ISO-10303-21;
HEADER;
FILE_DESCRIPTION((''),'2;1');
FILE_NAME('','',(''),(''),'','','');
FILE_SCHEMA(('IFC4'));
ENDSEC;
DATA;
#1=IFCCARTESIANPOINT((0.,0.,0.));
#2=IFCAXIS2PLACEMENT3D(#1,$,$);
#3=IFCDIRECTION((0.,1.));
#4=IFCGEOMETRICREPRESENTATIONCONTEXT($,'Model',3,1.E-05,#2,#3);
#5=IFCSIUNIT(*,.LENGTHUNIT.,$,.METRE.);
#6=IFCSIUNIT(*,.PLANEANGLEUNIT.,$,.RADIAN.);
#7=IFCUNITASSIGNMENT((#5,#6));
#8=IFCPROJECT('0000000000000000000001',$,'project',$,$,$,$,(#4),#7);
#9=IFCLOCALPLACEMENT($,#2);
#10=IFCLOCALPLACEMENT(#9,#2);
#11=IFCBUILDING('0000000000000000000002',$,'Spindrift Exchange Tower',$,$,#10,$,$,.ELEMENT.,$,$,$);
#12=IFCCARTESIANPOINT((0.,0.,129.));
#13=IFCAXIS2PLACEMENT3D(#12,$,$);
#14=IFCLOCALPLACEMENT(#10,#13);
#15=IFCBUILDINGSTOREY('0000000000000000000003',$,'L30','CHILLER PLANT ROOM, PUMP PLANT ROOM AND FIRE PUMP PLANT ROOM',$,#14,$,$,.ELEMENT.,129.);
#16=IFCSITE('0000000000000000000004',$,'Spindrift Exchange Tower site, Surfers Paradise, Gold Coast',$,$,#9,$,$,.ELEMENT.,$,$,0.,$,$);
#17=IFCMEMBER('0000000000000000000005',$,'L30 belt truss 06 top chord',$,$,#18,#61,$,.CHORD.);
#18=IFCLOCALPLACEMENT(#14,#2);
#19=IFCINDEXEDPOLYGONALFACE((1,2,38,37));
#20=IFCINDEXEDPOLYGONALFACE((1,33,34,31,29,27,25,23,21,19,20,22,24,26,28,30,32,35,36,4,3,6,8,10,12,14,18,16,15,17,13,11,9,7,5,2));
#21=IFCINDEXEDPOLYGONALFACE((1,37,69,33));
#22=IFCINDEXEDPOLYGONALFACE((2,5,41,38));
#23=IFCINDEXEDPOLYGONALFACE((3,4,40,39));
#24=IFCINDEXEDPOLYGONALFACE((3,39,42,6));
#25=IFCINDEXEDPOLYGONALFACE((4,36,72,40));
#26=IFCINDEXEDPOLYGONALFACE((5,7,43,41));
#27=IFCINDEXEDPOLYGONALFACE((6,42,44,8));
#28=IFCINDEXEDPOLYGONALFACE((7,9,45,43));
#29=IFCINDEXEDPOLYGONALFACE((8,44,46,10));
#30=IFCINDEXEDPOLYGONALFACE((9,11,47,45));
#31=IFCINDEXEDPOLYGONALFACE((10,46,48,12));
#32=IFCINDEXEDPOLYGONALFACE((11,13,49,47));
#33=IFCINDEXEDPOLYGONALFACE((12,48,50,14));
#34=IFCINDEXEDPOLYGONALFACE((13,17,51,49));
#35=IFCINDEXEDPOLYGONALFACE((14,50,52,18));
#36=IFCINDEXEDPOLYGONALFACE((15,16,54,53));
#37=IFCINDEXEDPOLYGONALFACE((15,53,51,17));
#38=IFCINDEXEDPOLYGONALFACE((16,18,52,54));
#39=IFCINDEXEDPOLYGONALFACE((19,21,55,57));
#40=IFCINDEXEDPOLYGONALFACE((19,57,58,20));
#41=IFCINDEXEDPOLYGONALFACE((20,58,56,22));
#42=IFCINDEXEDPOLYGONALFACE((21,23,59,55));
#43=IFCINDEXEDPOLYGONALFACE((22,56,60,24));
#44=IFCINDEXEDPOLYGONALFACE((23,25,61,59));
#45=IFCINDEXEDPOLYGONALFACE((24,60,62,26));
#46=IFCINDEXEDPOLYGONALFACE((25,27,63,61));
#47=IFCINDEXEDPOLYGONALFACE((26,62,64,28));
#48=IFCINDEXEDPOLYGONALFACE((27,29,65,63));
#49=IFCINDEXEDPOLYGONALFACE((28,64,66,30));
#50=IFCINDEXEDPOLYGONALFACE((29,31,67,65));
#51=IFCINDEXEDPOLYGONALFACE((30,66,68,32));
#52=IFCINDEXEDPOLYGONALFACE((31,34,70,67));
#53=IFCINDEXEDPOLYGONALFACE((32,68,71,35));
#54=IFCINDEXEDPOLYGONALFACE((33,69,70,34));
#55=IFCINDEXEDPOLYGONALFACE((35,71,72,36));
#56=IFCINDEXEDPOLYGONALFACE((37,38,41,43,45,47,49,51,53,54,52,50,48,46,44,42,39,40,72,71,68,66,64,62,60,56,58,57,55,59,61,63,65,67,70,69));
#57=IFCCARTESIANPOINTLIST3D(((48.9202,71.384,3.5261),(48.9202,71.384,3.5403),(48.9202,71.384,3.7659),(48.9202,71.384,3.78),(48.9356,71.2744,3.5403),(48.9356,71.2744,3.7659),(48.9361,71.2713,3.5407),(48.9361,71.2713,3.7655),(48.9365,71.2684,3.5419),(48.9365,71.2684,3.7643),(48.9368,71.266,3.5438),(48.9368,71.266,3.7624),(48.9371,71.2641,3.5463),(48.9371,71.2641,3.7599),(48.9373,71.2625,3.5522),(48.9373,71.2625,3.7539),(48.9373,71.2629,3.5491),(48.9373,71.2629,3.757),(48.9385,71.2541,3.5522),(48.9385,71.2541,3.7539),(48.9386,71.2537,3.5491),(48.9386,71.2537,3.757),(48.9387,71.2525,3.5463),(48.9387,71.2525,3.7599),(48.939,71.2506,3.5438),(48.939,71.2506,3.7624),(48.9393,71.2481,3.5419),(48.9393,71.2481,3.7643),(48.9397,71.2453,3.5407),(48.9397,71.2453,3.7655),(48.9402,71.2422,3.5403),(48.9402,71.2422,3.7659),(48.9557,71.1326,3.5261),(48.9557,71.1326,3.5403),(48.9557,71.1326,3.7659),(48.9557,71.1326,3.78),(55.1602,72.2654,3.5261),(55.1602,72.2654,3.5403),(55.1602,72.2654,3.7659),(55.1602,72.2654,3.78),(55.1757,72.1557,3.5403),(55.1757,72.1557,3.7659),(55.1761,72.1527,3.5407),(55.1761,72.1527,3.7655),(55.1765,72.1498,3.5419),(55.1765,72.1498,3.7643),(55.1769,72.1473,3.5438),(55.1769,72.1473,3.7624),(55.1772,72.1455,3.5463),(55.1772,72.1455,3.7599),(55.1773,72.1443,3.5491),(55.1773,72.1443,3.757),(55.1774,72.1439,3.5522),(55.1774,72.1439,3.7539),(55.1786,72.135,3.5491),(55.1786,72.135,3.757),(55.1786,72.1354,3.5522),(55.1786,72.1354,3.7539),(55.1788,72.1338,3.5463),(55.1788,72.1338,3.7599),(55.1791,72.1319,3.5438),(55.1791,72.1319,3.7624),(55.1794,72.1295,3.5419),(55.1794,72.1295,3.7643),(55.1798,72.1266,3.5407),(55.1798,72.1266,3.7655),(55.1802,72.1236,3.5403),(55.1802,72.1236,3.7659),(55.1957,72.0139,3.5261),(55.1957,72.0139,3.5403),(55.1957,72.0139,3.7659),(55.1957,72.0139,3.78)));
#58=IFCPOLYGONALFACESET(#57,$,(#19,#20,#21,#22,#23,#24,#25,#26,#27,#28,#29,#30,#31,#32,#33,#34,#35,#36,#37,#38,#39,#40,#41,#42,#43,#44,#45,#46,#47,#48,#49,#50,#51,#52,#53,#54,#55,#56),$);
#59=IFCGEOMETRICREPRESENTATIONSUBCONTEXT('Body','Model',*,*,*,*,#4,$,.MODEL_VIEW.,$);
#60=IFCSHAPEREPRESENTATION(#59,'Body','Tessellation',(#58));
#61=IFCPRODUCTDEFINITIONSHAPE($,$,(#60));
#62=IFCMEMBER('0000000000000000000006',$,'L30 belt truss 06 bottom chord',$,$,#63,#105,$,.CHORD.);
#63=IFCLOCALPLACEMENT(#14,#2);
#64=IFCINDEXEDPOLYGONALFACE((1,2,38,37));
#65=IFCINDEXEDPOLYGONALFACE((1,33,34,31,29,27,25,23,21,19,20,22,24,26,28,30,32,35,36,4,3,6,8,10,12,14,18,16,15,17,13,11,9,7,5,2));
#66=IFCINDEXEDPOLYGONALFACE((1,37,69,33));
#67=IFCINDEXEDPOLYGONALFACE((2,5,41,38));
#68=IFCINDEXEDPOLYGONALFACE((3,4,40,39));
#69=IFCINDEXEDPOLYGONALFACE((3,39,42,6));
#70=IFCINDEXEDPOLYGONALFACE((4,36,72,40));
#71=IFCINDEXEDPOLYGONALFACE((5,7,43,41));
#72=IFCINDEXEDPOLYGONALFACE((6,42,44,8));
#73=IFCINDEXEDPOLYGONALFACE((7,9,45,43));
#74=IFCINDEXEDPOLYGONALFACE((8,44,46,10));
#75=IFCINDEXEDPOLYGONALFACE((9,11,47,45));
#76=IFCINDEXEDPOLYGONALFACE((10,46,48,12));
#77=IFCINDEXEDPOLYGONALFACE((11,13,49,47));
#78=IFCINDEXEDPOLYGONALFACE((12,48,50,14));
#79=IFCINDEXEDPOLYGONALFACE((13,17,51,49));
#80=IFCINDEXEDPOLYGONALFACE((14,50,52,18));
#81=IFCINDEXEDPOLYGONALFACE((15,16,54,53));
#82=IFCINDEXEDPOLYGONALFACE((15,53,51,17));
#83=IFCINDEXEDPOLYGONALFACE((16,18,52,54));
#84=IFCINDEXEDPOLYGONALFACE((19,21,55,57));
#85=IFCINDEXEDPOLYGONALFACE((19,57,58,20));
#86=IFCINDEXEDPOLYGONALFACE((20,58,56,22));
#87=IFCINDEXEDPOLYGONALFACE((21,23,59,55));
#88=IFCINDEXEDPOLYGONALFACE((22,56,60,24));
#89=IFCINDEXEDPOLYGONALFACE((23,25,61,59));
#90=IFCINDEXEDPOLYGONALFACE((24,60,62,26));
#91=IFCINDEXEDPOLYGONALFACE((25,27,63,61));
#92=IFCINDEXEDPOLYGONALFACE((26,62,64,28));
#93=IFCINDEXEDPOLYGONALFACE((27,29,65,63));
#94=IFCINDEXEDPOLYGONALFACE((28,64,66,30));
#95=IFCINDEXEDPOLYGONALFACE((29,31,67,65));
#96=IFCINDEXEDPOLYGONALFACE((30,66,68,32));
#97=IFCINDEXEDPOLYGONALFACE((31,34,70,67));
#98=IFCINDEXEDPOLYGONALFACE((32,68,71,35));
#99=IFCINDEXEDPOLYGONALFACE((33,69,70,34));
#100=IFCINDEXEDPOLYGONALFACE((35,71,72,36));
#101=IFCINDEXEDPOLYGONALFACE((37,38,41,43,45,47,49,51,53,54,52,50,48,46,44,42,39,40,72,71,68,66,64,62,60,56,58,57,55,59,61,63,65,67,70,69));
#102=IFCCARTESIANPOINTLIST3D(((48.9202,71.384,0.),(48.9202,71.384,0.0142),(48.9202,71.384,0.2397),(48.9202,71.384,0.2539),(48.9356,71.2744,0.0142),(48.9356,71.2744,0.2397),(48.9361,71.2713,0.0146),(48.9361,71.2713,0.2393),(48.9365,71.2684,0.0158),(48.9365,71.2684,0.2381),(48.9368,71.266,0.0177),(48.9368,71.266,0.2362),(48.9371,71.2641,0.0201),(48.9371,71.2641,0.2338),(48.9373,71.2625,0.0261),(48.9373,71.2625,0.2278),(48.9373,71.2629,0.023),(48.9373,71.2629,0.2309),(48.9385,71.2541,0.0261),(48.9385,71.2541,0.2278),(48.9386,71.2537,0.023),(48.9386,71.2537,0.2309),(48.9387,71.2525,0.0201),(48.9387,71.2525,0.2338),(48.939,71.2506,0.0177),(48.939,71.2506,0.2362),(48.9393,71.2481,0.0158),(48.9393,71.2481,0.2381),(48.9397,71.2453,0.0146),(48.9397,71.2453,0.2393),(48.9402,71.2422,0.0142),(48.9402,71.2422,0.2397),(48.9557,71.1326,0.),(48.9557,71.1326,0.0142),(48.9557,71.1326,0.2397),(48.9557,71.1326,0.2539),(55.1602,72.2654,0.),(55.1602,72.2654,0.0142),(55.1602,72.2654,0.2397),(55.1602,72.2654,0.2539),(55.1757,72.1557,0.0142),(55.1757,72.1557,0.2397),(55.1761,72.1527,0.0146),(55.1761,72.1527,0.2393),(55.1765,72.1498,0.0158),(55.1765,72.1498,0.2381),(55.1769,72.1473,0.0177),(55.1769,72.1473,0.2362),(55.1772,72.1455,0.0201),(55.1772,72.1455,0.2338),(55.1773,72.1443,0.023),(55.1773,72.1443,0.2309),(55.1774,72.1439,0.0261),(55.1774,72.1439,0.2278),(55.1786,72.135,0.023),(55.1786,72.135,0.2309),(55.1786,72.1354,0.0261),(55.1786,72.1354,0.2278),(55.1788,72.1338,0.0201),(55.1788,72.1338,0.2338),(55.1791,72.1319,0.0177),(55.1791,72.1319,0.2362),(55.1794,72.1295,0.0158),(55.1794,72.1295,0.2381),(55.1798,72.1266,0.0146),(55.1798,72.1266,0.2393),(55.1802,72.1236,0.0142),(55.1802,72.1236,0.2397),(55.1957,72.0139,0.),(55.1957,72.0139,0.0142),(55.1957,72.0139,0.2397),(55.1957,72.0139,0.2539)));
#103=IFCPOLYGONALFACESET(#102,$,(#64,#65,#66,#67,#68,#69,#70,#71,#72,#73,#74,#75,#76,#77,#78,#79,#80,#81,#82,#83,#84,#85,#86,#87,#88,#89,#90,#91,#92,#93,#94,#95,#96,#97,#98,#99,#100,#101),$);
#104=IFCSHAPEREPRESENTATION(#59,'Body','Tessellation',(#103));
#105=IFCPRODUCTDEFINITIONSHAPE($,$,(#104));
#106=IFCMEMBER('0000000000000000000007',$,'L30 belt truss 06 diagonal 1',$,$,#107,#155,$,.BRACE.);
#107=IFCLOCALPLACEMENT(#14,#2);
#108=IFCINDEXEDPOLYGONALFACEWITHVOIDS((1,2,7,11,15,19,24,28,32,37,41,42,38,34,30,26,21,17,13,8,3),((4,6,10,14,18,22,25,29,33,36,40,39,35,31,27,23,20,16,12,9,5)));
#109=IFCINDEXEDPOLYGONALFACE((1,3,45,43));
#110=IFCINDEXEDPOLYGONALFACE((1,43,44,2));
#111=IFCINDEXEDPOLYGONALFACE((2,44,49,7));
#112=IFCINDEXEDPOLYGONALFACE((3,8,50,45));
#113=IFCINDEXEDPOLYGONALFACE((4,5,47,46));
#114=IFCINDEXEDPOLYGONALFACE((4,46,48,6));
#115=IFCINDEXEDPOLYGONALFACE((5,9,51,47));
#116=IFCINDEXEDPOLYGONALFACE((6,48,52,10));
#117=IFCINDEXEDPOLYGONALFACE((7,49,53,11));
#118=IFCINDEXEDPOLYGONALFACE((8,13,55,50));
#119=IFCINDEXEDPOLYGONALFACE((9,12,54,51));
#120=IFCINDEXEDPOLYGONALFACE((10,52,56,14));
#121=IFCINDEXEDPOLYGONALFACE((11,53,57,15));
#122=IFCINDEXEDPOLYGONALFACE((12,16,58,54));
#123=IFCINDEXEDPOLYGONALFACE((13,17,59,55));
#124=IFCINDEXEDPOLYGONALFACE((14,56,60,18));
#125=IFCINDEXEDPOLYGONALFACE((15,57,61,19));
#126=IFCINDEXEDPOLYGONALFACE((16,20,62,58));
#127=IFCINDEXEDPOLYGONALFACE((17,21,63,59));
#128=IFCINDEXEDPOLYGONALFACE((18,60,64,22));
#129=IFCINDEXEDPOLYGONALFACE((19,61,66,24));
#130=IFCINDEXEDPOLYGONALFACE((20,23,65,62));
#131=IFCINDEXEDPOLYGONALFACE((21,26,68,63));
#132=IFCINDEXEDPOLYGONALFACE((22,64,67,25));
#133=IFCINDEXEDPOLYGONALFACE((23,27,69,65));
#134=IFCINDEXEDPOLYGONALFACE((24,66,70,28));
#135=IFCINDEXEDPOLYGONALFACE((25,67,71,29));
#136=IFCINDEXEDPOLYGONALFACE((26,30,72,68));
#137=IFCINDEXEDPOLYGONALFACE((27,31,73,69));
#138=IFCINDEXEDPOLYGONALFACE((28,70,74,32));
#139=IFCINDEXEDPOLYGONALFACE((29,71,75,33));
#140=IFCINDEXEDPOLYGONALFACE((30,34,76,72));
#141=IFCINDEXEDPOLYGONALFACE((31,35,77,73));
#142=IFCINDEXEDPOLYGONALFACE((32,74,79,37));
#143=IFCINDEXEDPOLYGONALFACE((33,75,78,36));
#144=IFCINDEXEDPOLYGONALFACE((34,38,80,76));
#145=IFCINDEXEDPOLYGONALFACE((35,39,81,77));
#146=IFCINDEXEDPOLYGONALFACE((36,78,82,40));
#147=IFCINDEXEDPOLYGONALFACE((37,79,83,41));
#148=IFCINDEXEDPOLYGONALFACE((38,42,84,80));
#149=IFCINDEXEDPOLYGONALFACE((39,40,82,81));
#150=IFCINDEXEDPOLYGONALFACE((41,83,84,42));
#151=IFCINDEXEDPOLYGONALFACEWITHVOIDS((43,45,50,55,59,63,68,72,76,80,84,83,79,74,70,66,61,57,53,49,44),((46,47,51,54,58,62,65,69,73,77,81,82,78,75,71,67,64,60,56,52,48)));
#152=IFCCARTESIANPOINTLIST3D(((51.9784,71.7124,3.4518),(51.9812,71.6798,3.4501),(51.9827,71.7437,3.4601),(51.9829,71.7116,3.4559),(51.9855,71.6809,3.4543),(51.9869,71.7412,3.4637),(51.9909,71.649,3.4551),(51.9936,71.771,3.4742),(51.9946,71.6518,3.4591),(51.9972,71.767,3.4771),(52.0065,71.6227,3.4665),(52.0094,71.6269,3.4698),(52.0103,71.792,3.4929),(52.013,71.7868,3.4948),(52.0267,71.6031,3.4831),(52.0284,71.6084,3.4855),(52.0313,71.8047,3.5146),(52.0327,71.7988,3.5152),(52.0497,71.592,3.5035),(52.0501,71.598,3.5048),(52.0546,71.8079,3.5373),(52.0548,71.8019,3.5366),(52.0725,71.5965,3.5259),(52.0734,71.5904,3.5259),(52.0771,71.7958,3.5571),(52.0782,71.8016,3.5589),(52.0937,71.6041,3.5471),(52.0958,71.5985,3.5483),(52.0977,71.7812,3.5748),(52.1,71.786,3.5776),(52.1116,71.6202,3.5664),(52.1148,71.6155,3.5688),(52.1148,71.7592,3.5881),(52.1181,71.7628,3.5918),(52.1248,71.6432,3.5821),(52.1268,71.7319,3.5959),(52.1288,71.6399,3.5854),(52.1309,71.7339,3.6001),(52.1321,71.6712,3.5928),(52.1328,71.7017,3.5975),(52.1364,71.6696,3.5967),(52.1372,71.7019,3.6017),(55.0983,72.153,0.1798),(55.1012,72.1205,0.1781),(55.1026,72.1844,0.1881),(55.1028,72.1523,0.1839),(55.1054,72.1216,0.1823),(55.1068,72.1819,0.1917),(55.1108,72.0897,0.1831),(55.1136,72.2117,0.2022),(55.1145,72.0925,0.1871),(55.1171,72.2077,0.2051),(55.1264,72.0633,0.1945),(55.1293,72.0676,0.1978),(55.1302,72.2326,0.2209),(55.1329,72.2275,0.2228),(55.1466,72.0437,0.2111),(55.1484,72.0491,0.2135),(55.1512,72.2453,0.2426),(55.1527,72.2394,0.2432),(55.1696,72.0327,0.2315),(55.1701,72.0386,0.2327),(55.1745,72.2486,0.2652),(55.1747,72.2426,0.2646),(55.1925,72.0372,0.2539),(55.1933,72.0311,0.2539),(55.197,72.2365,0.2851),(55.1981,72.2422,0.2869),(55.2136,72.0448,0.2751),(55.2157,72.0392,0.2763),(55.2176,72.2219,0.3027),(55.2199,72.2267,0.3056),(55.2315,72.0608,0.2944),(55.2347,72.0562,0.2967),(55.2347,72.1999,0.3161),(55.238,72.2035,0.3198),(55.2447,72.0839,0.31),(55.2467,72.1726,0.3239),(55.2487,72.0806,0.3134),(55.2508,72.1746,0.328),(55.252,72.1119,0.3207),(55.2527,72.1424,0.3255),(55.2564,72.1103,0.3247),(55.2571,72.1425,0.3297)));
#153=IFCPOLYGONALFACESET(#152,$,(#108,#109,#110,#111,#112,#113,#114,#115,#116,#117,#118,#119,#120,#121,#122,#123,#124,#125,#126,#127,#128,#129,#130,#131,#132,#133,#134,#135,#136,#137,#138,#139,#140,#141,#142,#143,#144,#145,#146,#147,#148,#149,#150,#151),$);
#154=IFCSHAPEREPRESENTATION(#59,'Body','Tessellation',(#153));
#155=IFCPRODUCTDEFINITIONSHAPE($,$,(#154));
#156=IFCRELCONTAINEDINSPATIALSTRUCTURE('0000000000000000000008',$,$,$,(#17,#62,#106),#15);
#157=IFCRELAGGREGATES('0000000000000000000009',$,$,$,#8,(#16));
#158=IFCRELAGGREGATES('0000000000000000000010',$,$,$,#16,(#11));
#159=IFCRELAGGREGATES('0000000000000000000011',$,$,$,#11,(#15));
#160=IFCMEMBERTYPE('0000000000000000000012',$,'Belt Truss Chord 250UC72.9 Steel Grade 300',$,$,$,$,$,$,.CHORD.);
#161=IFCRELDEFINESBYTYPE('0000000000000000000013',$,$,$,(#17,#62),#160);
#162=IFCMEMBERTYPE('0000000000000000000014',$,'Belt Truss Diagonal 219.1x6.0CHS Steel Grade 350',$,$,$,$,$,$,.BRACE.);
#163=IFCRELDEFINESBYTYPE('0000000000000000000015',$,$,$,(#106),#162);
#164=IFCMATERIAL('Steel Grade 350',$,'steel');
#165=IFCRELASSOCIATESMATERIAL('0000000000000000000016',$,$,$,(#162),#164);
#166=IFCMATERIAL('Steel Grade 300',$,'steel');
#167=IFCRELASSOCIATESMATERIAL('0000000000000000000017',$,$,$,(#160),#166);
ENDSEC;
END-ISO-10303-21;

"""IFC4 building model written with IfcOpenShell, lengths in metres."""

from ifc_helpers import new_model, si_unit, direction, frame, origin, origin_2d, place, context, subcontext, project, spatial, hollow_circle, i_section, extrude, source, transform, mapped, material, material_profile, profile_set, type_object, element, save


model = new_model("IFC4")

# Units and contexts
model_context = context("Model", 3, precision=1e-05, world=origin(), true_north=direction((0.0, 1.0)))
body_context = subcontext(model_context, "Body", "Model", "MODEL_VIEW")
ifc_project = project(units=[si_unit("LENGTHUNIT", "METRE"), si_unit("PLANEANGLEUNIT", "RADIAN")], contexts=[model_context])

# Site, building, storey
site_placement = place(None, origin())
site = spatial("IfcSite", under=ifc_project, at=site_placement, Name="Spindrift Exchange Tower site, Surfers Paradise, Gold Coast", CompositionType="ELEMENT", RefElevation=0.0)
building_placement = place(site_placement, origin())
building = spatial("IfcBuilding", under=site, at=building_placement, Name="Spindrift Exchange Tower", CompositionType="ELEMENT")
storey_placement = place(building_placement, frame((0.0, 0.0, 129.0)))
storey = spatial("IfcBuildingStorey", under=building, at=storey_placement, Name="L30", Description="CHILLER PLANT ROOM, PUMP PLANT ROOM AND FIRE PUMP PLANT ROOM", CompositionType="ELEMENT", Elevation=129.0)

# Shared definitions
ifc_material_1 = material(Name="Steel Grade 300", Category="steel")

# Members
ifc_material_2 = material(Name="Steel Grade 350", Category="steel")
ifc_material_profile_1 = material_profile(ifc_material_2, hollow_circle(Radius=0.1096, WallThickness=0.0061, at=origin_2d()), Name="219.1x6.0CHS")
ifc_profile_set_1 = profile_set([ifc_material_profile_1], Name="Steel Grade 350")
member_type_1 = type_object("IfcMemberType", Name="Belt Truss Diagonal 219.1x6.0CHS Steel Grade 350", PredefinedType="BRACE", material=ifc_profile_set_1)
ifc_material_profile_2 = material_profile(ifc_material_1, i_section(OverallWidth=0.2539, OverallDepth=0.2539, WebThickness=0.0085, FlangeThickness=0.0142, FilletRadius=0.012, at=origin_2d()), Name="250UC72.9")
ifc_profile_set_2 = profile_set([ifc_material_profile_2], Name="Steel Grade 300")
member_type_2 = type_object("IfcMemberType", Name="Belt Truss Chord 250UC72.9 Steel Grade 300", PredefinedType="CHORD", material=ifc_profile_set_2)
shared_shape_1 = source(origin(), body_context, "Body", "SweptSolid", [
    extrude(i_section(OverallWidth=0.2539, OverallDepth=0.2539, WebThickness=0.0085, FlangeThickness=0.0142, FilletRadius=0.012, at=origin_2d()), origin(), (0.0, 0.0, 1.0), 6.302),
])
for number, where, z_axis, x_axis, name in (
    (1, (55.178, 72.1396, 3.6531), (-0.990172, -0.139854, 0.0), (0.139854, -0.990172, 0.0), "L30 belt truss 06 top chord"),
    (2, (55.178, 72.1396, 0.127), (-0.990172, -0.139854, 0.0), (0.139854, -0.990172, 0.0), "L30 belt truss 06 bottom chord"),
):
    element("IfcMember", number, at=place(storey_placement, frame(where, z_axis=z_axis, x_axis=x_axis)), inside=storey, type_object=member_type_2, Name=name, PredefinedType="CHORD", context=body_context, shape_type="MappedRepresentation", body=[
        mapped(shared_shape_1, transform((0.0, 0.0, 0.0), scale=1.0)),
    ])
shared_shape_2 = source(origin(), body_context, "Body", "SweptSolid", [
    extrude(hollow_circle(Radius=0.1096, WallThickness=0.0061, at=origin_2d()), origin(), (0.0, 0.0, 1.0), 4.5425),
])
for number, where, z_axis, x_axis, name in (
    (3, (55.178, 72.1396, 0.2539), (-0.68683, -0.097013, 0.720314), (0.139859, -0.990171, 0.0), "L30 belt truss 06 diagonal 1"),
):
    element("IfcMember", number, at=place(storey_placement, frame(where, z_axis=z_axis, x_axis=x_axis)), inside=storey, type_object=member_type_1, Name=name, PredefinedType="BRACE", context=body_context, shape_type="MappedRepresentation", body=[
        mapped(shared_shape_2, transform((0.0, 0.0, 0.0), scale=1.0)),
    ])

save(model, "model.ifc")
